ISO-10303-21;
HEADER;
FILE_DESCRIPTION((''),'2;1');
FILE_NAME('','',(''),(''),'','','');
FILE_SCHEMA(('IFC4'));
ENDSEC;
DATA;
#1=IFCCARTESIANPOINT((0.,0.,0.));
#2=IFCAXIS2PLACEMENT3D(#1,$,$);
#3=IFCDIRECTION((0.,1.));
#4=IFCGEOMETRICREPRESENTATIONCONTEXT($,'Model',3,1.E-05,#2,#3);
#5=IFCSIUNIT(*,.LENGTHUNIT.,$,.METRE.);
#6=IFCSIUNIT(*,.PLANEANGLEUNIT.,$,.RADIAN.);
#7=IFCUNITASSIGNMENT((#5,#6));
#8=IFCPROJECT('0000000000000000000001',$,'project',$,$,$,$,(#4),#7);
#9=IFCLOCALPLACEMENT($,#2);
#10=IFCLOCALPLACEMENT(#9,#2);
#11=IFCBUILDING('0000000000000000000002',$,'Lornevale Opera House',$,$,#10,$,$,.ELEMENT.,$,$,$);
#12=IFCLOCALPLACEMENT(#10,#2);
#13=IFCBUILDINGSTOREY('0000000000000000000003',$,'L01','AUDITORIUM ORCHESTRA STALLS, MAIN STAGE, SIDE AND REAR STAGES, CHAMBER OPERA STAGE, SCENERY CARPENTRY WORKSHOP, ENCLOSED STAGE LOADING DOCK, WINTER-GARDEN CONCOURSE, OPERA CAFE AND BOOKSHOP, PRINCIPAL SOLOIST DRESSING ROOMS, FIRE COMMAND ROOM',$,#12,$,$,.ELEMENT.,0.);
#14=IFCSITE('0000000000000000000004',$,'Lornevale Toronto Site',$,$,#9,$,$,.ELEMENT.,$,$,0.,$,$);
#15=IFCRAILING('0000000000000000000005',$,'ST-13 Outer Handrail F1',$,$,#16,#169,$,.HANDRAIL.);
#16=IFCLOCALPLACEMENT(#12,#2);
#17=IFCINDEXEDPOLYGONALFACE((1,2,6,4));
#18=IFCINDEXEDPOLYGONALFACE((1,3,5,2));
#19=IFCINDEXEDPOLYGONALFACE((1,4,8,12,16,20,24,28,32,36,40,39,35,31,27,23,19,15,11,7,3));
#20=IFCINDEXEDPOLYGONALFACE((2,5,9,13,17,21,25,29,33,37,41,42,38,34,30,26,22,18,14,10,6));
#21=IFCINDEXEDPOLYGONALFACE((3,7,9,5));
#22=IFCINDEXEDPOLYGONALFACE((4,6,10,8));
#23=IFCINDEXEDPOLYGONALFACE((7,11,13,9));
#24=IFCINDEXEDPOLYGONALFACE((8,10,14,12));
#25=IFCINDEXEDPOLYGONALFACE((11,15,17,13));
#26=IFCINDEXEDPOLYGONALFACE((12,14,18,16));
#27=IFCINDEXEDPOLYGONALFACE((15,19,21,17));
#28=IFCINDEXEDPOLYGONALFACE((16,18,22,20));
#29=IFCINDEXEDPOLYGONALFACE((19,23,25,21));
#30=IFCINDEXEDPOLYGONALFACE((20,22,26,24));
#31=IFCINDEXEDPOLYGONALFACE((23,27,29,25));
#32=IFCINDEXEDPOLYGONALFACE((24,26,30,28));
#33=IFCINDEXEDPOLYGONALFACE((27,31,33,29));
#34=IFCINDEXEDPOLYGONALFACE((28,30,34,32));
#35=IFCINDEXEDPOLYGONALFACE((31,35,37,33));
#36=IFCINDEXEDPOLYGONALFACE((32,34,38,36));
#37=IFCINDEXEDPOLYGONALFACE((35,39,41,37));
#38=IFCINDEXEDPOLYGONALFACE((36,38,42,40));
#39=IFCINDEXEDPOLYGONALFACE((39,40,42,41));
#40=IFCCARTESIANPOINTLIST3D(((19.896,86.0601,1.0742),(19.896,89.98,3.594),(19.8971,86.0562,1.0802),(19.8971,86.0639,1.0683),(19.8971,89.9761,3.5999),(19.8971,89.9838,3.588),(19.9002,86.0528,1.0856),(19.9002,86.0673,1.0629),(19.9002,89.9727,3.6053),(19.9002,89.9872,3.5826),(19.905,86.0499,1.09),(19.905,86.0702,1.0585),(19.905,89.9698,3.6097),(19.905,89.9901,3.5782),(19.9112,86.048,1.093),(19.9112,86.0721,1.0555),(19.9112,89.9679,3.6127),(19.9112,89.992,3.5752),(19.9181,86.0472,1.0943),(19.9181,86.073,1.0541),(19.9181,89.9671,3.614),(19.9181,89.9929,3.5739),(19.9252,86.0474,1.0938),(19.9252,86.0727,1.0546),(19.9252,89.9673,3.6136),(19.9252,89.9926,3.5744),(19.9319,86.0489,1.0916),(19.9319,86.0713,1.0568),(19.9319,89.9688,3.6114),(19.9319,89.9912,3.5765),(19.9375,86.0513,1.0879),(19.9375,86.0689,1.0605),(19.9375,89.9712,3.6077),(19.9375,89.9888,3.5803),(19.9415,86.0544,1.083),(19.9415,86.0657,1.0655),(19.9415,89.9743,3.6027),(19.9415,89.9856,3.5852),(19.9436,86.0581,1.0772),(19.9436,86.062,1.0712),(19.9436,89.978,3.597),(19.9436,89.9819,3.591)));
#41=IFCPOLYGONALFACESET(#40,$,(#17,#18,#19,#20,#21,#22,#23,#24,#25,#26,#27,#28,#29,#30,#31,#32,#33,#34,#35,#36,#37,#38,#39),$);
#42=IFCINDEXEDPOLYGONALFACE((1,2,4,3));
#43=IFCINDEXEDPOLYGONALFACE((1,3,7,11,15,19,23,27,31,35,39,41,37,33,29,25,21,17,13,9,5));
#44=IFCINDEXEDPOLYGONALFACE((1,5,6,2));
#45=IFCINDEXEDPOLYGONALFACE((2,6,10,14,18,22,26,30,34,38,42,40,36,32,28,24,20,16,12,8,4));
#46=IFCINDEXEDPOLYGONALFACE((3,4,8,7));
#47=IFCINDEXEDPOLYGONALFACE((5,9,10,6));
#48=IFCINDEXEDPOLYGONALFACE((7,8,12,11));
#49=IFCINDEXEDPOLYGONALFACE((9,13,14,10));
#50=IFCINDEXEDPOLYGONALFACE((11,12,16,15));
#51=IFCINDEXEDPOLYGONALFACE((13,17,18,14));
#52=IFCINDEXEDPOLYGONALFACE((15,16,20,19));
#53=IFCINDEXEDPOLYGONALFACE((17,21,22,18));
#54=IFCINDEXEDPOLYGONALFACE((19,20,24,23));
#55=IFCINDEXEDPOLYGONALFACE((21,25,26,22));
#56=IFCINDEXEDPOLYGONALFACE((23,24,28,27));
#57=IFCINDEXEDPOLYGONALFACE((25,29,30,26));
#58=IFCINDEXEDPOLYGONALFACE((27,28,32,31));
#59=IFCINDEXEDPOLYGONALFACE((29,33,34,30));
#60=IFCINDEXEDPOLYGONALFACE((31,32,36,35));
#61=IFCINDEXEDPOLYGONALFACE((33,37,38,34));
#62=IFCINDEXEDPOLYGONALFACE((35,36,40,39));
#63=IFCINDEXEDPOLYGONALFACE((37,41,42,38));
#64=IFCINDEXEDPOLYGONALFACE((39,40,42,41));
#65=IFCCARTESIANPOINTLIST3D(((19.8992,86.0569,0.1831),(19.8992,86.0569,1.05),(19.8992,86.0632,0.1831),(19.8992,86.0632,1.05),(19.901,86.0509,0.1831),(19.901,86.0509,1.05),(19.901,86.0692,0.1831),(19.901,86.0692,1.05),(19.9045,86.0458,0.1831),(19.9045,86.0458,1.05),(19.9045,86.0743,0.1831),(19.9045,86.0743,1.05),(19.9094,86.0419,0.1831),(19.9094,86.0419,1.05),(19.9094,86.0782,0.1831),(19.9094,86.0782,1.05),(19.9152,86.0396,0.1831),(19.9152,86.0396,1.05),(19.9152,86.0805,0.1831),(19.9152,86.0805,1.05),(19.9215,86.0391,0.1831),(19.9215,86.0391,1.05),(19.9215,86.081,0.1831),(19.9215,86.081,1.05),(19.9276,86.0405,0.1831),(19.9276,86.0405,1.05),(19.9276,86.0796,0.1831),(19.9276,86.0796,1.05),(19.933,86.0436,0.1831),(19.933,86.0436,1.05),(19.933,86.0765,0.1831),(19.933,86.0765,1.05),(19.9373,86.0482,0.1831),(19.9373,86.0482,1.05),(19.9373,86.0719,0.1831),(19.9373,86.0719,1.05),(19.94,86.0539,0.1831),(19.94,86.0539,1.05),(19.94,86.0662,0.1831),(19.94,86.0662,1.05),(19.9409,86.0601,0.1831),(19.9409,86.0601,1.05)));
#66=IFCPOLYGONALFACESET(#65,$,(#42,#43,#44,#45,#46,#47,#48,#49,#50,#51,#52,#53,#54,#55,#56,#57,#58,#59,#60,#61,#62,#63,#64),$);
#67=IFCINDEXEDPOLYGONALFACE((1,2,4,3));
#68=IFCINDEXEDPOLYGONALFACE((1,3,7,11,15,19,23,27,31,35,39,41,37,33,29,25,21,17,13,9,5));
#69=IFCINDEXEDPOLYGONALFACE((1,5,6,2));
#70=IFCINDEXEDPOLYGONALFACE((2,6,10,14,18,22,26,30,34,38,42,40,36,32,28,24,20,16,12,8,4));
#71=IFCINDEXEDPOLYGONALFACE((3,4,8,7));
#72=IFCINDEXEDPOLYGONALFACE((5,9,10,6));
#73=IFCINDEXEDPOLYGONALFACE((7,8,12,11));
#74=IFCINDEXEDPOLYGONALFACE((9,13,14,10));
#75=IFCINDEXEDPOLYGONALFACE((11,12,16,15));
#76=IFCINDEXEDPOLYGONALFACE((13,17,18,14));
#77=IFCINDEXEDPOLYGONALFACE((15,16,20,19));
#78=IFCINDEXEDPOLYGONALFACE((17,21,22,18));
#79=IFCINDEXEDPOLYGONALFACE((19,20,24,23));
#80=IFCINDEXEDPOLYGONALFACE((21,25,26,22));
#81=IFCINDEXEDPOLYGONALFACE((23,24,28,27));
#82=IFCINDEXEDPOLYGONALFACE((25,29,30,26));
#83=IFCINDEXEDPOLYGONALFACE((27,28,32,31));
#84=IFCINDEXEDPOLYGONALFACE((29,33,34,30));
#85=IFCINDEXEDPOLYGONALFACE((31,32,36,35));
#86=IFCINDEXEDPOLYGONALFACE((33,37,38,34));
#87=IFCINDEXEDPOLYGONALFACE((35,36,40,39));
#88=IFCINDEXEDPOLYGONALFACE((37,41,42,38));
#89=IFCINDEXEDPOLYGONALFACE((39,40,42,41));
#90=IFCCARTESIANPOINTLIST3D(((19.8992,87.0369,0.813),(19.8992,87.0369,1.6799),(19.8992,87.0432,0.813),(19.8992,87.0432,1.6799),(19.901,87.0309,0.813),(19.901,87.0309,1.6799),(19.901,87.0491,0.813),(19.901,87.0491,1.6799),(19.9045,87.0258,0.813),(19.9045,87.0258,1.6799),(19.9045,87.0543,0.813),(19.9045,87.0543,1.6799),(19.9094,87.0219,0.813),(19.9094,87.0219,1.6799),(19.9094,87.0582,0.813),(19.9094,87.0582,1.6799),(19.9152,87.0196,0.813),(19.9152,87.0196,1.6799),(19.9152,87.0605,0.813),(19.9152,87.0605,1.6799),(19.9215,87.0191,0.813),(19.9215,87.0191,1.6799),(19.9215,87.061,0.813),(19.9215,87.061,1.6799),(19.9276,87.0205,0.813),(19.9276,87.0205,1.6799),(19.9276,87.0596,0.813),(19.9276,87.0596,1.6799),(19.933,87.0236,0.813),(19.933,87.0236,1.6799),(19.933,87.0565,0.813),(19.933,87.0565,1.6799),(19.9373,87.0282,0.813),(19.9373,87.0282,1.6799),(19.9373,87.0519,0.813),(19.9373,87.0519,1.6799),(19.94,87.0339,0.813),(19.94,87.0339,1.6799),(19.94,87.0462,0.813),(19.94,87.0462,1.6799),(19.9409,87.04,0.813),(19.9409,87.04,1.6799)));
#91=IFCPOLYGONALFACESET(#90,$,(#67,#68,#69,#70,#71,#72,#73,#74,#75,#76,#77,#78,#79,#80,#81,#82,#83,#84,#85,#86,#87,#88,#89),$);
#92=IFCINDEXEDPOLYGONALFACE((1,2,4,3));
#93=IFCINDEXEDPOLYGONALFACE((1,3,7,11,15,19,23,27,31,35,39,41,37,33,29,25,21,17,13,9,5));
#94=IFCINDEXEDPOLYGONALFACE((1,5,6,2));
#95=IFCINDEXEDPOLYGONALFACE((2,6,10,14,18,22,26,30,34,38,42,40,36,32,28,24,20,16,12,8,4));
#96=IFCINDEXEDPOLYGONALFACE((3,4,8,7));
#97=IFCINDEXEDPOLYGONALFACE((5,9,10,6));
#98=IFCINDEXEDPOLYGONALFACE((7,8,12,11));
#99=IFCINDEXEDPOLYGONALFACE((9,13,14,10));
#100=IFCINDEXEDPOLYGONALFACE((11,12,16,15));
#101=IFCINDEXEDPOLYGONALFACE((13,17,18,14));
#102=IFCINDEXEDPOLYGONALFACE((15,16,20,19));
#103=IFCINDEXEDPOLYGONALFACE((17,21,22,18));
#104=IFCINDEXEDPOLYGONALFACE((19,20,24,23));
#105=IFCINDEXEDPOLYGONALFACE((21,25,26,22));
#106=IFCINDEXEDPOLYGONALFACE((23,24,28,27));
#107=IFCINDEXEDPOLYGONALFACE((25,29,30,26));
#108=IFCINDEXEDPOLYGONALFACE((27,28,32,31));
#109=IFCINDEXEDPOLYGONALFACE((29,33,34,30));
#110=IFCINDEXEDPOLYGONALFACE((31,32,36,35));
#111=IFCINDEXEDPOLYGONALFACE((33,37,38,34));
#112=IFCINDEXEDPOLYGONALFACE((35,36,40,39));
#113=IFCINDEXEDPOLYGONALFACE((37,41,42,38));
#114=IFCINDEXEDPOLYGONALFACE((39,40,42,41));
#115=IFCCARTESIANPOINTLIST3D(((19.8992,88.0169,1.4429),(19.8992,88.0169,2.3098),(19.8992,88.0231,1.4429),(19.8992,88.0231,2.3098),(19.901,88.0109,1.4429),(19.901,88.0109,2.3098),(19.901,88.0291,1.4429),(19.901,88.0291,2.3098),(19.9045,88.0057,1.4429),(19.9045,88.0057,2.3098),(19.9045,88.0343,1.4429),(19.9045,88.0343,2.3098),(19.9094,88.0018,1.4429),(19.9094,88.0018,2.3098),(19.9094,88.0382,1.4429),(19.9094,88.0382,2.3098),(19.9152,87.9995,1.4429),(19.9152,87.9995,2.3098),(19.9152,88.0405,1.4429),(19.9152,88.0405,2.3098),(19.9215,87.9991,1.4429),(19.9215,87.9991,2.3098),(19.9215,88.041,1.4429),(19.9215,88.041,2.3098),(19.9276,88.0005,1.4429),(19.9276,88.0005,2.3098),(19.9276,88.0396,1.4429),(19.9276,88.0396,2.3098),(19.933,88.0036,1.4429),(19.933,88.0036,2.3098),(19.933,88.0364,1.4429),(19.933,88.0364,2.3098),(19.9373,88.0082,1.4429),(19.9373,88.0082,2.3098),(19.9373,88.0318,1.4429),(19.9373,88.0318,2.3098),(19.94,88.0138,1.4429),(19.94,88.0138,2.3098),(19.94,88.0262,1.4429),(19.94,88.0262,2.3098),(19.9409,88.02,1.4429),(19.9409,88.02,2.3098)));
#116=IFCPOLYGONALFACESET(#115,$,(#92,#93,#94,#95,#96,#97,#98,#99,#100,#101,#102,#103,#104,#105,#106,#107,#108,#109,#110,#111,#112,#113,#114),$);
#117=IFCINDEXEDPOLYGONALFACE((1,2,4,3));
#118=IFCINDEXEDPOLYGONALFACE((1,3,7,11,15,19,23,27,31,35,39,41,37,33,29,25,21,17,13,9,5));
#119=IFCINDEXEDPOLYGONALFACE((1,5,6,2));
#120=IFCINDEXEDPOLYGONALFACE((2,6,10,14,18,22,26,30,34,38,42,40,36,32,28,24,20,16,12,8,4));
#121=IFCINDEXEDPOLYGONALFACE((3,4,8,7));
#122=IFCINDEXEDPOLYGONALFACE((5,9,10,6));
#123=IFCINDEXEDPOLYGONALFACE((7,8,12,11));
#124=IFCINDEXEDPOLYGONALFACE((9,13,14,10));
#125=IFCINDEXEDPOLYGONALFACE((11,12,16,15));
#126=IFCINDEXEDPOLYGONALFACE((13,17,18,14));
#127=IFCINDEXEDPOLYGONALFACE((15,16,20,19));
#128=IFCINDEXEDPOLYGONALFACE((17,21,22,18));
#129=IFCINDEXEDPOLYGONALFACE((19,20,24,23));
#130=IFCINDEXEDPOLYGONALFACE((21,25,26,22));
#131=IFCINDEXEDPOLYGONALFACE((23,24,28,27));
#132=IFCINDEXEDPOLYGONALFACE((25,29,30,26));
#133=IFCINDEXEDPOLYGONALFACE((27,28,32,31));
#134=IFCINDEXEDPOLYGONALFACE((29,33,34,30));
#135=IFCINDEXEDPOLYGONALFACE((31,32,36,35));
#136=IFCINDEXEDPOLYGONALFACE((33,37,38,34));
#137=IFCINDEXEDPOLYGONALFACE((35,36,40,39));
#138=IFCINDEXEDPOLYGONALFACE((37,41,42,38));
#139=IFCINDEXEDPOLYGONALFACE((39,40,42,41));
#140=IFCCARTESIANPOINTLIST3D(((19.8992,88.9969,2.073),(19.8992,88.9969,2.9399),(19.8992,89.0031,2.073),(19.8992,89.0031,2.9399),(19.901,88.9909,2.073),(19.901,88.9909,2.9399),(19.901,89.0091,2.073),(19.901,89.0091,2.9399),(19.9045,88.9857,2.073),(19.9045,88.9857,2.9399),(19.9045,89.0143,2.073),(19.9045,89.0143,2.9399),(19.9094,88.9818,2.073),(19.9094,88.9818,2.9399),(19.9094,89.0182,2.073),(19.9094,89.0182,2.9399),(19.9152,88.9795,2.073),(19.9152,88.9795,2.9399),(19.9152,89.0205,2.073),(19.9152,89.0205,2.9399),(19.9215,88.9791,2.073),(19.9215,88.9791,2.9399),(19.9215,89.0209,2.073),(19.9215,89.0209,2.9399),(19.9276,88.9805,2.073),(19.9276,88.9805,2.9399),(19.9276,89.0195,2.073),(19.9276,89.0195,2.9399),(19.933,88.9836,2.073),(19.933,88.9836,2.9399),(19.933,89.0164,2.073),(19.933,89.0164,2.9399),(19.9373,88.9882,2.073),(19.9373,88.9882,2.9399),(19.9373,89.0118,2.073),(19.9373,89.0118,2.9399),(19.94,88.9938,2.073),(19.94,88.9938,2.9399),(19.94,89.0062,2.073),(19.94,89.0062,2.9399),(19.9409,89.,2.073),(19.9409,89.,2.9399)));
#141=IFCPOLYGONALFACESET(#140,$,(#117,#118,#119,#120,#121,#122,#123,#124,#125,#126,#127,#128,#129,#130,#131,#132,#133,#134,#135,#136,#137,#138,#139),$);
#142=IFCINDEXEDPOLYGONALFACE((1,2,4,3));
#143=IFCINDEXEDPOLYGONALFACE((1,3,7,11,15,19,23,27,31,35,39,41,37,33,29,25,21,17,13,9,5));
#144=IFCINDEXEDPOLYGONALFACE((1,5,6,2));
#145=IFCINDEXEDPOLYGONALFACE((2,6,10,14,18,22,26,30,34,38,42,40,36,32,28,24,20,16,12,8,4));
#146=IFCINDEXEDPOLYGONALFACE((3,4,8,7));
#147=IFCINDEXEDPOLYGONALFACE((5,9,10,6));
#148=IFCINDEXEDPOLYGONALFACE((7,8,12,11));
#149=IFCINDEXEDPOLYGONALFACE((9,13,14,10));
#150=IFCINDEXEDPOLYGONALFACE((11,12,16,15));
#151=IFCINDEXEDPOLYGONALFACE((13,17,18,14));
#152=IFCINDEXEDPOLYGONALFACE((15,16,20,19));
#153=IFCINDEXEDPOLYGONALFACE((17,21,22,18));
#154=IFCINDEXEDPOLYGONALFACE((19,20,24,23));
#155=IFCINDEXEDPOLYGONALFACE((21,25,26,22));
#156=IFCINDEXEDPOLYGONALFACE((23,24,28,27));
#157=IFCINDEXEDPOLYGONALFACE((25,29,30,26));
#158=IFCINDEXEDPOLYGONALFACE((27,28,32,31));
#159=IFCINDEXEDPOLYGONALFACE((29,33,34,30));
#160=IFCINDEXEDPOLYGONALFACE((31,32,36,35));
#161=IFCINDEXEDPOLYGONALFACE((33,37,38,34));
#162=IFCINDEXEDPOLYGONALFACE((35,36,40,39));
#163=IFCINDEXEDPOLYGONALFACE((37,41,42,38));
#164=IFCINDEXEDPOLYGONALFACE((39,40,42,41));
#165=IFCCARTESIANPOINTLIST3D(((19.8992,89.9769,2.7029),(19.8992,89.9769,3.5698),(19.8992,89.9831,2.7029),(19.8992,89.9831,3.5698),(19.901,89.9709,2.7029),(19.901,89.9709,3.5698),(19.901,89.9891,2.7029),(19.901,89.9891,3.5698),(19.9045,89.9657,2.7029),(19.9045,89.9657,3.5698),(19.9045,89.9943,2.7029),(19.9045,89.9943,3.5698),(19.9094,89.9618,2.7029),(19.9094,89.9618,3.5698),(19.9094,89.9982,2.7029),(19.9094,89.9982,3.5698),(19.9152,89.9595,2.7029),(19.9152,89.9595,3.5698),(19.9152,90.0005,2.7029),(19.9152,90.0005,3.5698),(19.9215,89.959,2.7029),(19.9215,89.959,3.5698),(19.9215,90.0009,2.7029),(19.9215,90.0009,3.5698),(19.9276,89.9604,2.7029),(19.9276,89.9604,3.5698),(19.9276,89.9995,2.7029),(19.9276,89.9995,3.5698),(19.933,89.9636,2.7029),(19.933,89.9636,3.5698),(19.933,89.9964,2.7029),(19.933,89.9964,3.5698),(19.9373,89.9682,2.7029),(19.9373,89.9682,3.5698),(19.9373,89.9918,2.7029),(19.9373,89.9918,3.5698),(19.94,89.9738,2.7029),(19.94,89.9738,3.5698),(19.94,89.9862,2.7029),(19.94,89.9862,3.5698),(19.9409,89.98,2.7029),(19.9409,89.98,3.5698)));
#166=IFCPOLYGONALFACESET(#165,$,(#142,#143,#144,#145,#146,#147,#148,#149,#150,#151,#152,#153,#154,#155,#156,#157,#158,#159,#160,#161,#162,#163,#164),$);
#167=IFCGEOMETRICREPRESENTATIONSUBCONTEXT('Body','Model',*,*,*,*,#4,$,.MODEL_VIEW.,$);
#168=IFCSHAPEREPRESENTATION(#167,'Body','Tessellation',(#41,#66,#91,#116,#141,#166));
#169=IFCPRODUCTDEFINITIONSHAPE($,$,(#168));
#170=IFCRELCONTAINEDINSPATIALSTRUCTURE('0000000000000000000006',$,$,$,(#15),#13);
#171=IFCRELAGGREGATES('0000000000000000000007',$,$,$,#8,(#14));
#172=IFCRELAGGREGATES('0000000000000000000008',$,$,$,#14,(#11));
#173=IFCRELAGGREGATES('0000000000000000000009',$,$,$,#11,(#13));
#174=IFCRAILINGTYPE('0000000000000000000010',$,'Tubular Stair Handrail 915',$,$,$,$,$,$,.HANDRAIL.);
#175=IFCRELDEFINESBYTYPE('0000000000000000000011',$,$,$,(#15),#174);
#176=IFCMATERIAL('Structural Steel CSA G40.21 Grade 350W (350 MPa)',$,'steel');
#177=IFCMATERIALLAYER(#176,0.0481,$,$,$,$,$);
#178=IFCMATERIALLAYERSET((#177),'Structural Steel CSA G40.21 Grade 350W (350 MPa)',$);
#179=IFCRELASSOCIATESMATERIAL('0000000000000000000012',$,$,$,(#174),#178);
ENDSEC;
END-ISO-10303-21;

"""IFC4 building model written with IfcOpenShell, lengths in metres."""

from ifc_helpers import new_model, si_unit, direction, frame, origin, origin_2d, place, context, subcontext, project, spatial, circle, extrude, material, layer, layer_set, type_object, element, save


model = new_model("IFC4")

# Units and contexts
model_context = context("Model", 3, precision=1e-05, world=origin(), true_north=direction((0.0, 1.0)))
body_context = subcontext(model_context, "Body", "Model", "MODEL_VIEW")
ifc_project = project(units=[si_unit("LENGTHUNIT", "METRE"), si_unit("PLANEANGLEUNIT", "RADIAN")], contexts=[model_context])

# Site, building, storey
site_placement = place(None, origin())
site = spatial("IfcSite", under=ifc_project, at=site_placement, Name="Lornevale Toronto Site", CompositionType="ELEMENT", RefElevation=0.0)
building_placement = place(site_placement, origin())
building = spatial("IfcBuilding", under=site, at=building_placement, Name="Lornevale Opera House", CompositionType="ELEMENT")
storey_placement = place(building_placement, origin())
storey = spatial("IfcBuildingStorey", under=building, at=storey_placement, Name="L01", Description="AUDITORIUM ORCHESTRA STALLS, MAIN STAGE, SIDE AND REAR STAGES, CHAMBER OPERA STAGE, SCENERY CARPENTRY WORKSHOP, ENCLOSED STAGE LOADING DOCK, WINTER-GARDEN CONCOURSE, OPERA CAFE AND BOOKSHOP, PRINCIPAL SOLOIST DRESSING ROOMS, FIRE COMMAND ROOM", CompositionType="ELEMENT", Elevation=0.0)

# Railing
ifc_material_1 = material(Name="Structural Steel CSA G40.21 Grade 350W (350 MPa)", Category="steel")
ifc_layer_1 = layer(ifc_material_1, 0.0481)
ifc_layer_set_1 = layer_set([ifc_layer_1], Name="Structural Steel CSA G40.21 Grade 350W (350 MPa)")
railing_type_1 = type_object("IfcRailingType", Name="Tubular Stair Handrail 915", PredefinedType="HANDRAIL", material=ifc_layer_set_1)
railing_1_placement = place(storey_placement, frame((19.9199, 86.0601, 0.1831)))
element("IfcRailing", 1, at=railing_1_placement, inside=storey, type_object=railing_type_1, Name="ST-13 Outer Handrail F1", PredefinedType="HANDRAIL", context=body_context, shape_type="SweptSolid", body=[
    extrude(circle(Radius=0.0239, at=origin_2d()), frame((0.0, 0.0, 0.8911), z_axis=(0.0, 0.841195, 0.540731), x_axis=(-1.0, 0.0, 0.0)), (0.0, 0.0, 1.0), 4.6599),
    extrude(circle(Radius=0.021, at=origin_2d()), origin(), (0.0, 0.0, 1.0), 0.8669),
    extrude(circle(Radius=0.021, at=origin_2d()), frame((0.0, 0.98, 0.6299)), (0.0, 0.0, 1.0), 0.8669),
    extrude(circle(Radius=0.021, at=origin_2d()), frame((0.0, 1.96, 1.2598)), (0.0, 0.0, 1.0), 0.8669),
    extrude(circle(Radius=0.021, at=origin_2d()), frame((0.0, 2.9399, 1.8899)), (0.0, 0.0, 1.0), 0.8669),
    extrude(circle(Radius=0.021, at=origin_2d()), frame((0.0, 3.9199, 2.5198)), (0.0, 0.0, 1.0), 0.8669),
])

save(model, "model.ifc")
